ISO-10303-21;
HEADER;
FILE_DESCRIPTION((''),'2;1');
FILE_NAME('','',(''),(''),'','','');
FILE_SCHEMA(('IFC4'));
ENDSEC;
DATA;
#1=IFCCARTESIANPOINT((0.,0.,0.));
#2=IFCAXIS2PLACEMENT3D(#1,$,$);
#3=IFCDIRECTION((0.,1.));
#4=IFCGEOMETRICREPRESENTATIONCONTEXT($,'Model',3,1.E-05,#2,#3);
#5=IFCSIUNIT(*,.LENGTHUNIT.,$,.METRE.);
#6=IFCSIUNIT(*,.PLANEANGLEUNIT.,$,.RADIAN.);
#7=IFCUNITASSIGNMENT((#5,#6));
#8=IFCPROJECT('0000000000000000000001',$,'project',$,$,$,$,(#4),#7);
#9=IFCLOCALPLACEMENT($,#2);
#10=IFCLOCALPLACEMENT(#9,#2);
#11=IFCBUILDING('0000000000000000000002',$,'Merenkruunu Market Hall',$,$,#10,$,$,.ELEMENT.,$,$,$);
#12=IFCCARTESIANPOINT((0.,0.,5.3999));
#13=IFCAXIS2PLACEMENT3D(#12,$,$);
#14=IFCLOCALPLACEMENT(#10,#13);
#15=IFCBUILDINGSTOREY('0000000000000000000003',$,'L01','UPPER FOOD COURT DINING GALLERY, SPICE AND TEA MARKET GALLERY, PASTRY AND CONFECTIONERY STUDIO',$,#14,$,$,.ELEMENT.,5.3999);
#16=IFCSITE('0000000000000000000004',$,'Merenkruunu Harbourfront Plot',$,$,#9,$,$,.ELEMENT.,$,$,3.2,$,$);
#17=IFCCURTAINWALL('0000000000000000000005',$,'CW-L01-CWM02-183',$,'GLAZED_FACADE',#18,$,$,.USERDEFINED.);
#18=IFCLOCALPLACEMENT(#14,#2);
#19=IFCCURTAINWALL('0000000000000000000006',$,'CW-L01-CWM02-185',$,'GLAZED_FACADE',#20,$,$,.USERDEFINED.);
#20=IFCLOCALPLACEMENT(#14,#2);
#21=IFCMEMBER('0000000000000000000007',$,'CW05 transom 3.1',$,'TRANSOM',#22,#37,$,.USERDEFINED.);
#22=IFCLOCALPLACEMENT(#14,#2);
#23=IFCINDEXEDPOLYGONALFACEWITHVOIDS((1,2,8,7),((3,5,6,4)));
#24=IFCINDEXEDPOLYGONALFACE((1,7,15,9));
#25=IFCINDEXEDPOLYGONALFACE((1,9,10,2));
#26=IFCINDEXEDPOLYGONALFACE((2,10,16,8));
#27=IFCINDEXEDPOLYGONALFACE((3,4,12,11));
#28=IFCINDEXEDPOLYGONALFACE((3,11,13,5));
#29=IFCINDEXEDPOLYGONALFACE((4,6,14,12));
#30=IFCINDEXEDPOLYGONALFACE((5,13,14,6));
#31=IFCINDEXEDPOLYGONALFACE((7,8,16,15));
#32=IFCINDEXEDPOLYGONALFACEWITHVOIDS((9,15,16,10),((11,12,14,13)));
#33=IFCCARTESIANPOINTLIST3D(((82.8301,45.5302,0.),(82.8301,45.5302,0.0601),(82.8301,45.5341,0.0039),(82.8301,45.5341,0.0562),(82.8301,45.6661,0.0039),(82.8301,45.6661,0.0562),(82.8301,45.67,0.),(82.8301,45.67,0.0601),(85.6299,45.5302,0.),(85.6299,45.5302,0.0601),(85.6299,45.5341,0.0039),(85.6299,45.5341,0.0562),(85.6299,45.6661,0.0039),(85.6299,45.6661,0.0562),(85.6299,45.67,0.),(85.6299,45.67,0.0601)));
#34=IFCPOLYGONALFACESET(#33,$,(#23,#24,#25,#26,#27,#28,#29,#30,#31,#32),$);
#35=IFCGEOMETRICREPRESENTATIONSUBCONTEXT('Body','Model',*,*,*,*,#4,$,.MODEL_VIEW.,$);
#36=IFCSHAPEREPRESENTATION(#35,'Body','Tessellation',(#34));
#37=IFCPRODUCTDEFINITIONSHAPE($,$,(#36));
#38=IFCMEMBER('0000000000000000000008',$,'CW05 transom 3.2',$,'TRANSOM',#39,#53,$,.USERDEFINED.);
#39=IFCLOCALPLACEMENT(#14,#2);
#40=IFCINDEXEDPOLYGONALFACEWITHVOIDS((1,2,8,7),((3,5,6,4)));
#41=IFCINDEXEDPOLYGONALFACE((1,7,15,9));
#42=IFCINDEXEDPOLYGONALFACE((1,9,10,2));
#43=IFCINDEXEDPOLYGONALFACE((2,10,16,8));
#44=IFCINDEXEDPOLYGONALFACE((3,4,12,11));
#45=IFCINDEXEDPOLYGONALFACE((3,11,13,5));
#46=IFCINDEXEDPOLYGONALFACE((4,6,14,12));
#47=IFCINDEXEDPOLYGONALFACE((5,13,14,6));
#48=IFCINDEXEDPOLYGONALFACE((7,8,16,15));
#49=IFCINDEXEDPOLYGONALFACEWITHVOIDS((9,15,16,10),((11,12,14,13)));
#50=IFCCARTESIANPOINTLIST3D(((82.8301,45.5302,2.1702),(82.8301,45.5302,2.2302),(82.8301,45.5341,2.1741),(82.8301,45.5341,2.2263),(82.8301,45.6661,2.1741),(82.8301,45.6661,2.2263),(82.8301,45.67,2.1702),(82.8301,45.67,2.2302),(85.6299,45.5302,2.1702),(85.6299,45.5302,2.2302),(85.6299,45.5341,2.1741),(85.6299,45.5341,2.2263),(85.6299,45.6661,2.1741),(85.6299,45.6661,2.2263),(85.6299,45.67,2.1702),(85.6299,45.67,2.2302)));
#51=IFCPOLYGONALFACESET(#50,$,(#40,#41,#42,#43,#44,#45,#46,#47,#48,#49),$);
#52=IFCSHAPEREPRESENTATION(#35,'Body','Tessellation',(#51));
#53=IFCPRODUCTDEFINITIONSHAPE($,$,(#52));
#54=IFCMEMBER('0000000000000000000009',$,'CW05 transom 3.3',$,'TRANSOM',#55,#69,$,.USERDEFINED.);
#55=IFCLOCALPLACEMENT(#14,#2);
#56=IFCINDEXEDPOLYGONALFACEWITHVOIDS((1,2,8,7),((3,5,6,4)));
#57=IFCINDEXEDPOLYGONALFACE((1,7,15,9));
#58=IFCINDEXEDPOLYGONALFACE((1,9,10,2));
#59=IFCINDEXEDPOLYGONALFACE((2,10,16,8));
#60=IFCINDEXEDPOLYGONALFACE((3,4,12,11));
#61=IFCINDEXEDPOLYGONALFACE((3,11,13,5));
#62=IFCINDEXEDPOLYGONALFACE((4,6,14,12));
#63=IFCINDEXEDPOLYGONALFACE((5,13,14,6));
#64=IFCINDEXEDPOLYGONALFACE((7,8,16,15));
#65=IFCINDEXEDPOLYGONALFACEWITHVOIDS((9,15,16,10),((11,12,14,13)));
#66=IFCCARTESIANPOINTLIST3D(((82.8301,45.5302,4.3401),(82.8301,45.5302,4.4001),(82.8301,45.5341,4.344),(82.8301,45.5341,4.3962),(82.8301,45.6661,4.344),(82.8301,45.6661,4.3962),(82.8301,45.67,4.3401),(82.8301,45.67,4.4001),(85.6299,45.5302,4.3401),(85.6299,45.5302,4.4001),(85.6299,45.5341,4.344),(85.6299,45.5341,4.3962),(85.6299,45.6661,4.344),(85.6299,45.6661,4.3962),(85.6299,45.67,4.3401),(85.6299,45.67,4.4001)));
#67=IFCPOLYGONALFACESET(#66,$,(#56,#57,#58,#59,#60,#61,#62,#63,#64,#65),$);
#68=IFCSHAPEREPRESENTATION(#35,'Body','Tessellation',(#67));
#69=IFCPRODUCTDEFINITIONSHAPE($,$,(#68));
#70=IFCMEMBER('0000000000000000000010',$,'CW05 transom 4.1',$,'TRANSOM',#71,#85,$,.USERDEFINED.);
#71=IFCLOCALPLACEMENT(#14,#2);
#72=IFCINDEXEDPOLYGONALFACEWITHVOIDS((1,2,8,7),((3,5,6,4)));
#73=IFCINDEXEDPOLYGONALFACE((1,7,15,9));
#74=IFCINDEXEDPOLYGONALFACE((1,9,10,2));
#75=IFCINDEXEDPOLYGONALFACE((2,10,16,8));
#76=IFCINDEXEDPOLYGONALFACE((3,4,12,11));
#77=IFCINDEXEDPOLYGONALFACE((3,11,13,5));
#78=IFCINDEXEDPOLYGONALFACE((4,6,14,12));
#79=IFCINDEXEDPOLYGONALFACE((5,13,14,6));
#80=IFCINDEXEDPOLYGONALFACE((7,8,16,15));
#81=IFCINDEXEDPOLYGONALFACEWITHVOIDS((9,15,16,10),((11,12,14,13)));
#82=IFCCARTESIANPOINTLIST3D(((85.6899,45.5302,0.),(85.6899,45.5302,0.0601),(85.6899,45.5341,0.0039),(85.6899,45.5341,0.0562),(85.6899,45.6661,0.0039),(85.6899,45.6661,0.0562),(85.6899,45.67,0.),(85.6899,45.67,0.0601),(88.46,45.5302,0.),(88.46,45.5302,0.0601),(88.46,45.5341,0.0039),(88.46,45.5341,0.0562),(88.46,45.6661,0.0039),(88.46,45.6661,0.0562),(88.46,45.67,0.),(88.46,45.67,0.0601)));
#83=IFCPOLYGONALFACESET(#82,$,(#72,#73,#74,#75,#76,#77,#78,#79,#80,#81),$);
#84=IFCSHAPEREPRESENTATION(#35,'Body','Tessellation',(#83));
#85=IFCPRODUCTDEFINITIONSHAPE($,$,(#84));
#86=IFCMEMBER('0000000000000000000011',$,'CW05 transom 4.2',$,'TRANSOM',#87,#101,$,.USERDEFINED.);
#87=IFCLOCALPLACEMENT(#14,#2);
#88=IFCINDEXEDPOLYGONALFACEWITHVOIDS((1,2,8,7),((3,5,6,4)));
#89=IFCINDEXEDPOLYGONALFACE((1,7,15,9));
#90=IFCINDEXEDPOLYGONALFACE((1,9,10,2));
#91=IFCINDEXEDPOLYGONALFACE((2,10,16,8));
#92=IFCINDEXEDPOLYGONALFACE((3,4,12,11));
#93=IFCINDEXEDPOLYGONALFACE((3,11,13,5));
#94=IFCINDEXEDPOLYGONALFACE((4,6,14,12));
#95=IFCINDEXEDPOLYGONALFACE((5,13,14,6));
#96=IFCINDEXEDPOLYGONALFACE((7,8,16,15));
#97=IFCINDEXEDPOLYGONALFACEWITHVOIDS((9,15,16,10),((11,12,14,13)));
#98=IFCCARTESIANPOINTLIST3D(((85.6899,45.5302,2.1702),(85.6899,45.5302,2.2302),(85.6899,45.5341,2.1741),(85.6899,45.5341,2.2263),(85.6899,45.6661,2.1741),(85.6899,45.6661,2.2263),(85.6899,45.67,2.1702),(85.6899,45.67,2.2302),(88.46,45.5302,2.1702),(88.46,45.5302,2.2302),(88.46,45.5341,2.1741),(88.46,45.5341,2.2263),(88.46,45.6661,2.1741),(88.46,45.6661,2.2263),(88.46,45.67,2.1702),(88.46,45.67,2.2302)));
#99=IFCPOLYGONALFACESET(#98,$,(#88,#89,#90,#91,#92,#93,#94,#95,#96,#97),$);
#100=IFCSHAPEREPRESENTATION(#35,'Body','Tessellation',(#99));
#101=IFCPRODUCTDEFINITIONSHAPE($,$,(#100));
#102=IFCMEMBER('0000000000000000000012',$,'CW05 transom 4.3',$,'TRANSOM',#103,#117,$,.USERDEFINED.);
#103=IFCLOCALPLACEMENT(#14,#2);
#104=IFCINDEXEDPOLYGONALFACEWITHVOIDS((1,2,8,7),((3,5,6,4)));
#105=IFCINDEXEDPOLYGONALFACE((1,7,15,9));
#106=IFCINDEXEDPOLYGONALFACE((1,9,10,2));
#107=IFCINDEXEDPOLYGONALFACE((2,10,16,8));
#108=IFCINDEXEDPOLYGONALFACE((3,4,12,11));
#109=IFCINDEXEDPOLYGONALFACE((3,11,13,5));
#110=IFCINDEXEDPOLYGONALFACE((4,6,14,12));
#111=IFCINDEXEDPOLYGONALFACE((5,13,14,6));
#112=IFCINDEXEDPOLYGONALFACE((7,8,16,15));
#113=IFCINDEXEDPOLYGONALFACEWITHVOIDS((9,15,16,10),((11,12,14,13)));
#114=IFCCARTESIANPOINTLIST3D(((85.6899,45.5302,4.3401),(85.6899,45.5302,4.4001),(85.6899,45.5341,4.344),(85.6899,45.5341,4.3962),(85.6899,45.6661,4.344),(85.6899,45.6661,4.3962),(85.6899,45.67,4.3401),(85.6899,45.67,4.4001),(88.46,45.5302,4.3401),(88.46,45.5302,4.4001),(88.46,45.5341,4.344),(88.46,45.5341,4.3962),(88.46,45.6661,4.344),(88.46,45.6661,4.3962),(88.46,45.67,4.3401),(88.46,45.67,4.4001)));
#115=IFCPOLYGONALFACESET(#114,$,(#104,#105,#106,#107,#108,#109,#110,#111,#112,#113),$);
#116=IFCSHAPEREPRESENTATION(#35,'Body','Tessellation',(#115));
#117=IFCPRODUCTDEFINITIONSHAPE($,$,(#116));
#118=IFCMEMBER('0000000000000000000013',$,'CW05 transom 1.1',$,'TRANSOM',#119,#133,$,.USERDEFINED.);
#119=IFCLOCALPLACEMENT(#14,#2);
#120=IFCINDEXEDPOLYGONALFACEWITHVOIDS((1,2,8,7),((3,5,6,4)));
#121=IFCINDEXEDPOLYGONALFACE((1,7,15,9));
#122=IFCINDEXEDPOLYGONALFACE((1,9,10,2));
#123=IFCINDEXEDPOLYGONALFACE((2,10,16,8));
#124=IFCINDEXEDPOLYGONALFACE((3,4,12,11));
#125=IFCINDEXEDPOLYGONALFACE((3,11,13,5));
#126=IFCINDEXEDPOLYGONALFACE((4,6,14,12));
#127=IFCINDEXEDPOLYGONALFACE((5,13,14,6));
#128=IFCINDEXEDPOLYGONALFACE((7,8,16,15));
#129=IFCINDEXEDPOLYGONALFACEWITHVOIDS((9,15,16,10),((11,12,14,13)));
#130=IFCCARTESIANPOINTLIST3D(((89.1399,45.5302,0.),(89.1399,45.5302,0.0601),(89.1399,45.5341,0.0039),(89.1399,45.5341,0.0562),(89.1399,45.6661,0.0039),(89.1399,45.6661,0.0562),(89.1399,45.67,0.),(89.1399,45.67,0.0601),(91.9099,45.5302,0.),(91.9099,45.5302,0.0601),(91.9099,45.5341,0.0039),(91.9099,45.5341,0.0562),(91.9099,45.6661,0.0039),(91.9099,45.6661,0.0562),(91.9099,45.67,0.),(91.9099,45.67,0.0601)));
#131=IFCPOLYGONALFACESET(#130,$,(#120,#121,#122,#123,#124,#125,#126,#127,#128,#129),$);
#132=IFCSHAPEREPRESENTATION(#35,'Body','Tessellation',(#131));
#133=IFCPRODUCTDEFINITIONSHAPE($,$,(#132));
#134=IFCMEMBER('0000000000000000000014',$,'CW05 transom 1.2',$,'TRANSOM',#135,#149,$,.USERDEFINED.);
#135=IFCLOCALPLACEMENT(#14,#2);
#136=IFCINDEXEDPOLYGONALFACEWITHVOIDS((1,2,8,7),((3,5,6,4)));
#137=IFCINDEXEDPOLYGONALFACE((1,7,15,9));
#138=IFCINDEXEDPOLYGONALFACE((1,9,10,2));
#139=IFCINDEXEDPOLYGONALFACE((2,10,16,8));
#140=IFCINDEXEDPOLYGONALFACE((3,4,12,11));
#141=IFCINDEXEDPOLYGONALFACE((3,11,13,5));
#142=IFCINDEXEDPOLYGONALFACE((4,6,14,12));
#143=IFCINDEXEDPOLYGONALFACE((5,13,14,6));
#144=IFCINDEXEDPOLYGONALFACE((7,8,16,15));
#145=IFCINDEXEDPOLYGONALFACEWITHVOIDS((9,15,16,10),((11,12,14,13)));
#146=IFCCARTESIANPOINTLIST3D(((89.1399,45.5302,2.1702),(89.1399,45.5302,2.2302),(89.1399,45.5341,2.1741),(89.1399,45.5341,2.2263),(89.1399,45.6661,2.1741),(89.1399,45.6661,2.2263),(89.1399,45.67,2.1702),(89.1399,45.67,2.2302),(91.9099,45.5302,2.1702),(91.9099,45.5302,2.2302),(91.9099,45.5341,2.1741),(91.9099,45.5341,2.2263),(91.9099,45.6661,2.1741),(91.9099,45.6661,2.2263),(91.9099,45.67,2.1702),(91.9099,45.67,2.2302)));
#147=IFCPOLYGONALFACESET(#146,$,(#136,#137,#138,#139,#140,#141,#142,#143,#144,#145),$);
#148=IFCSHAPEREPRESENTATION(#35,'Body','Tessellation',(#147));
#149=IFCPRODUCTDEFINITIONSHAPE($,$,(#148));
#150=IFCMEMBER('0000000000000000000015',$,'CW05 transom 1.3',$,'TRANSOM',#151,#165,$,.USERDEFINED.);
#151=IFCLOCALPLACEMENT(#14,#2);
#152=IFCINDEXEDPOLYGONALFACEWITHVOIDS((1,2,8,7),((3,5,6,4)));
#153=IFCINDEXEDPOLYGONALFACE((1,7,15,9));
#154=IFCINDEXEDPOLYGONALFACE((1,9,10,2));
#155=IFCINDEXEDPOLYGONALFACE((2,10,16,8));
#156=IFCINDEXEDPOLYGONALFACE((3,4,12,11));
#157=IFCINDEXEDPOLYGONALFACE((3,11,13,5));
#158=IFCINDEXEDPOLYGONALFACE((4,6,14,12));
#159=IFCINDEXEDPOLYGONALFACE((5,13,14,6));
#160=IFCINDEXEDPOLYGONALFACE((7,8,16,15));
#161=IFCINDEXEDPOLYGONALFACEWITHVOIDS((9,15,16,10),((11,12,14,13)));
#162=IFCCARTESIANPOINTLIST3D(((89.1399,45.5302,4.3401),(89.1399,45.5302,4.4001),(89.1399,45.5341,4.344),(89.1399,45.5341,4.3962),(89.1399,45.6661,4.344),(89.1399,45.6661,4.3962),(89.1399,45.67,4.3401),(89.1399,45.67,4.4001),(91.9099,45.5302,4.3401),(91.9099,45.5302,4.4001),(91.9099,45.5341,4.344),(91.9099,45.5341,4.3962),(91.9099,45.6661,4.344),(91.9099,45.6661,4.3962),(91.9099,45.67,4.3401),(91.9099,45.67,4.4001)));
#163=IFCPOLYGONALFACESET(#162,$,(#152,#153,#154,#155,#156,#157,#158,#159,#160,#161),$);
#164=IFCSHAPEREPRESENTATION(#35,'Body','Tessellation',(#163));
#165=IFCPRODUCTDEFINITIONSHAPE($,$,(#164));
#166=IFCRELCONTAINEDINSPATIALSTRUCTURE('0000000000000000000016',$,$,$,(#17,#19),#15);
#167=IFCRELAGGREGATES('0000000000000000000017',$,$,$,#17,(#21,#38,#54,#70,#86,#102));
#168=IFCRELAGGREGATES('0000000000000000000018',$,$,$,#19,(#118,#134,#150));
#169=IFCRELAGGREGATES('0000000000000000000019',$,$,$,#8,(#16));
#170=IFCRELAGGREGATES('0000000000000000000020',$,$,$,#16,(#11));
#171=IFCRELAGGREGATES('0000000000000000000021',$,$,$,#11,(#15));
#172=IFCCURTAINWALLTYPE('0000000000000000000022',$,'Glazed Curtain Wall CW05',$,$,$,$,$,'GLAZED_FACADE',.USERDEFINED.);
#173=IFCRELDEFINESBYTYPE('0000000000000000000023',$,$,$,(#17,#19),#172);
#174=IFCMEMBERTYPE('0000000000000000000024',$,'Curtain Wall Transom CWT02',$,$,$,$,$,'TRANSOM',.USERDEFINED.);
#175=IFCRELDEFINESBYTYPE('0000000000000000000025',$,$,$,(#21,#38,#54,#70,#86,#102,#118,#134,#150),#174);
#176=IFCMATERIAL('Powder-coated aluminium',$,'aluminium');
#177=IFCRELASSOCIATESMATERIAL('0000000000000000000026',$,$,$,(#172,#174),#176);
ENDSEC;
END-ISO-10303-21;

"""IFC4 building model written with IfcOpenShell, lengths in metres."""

from ifc_helpers import new_model, si_unit, direction, frame, origin, origin_2d, place, context, subcontext, project, spatial, hollow_rectangle, extrude, material, material_profile, profile_set, type_object, element, aggregate, save


model = new_model("IFC4")

# Units and contexts
model_context = context("Model", 3, precision=1e-05, world=origin(), true_north=direction((0.0, 1.0)))
body_context = subcontext(model_context, "Body", "Model", "MODEL_VIEW")
ifc_project = project(units=[si_unit("LENGTHUNIT", "METRE"), si_unit("PLANEANGLEUNIT", "RADIAN")], contexts=[model_context])

# Site, building, storey
site_placement = place(None, origin())
site = spatial("IfcSite", under=ifc_project, at=site_placement, Name="Merenkruunu Harbourfront Plot", CompositionType="ELEMENT", RefElevation=3.2)
building_placement = place(site_placement, origin())
building = spatial("IfcBuilding", under=site, at=building_placement, Name="Merenkruunu Market Hall", CompositionType="ELEMENT")
storey_placement = place(building_placement, frame((0.0, 0.0, 5.3999)))
storey = spatial("IfcBuildingStorey", under=building, at=storey_placement, Name="L01", Description="UPPER FOOD COURT DINING GALLERY, SPICE AND TEA MARKET GALLERY, PASTRY AND CONFECTIONERY STUDIO", CompositionType="ELEMENT", Elevation=5.3999)

# Curtain wall
ifc_material_1 = material(Name="Powder-coated aluminium", Category="aluminium")
curtain_wall_type = type_object("IfcCurtainWallType", Name="Glazed Curtain Wall CW05", ElementType="GLAZED_FACADE", PredefinedType="USERDEFINED", material=ifc_material_1)
curtain_wall_1_placement = place(storey_placement, origin())
curtain_wall_1 = element("IfcCurtainWall", 1, at=curtain_wall_1_placement, inside=storey, type_object=curtain_wall_type, Name="CW-L01-CWM02-183", ObjectType="GLAZED_FACADE", PredefinedType="USERDEFINED")

# Curtain wall
curtain_wall_2_placement = place(storey_placement, origin())
curtain_wall_2 = element("IfcCurtainWall", 2, at=curtain_wall_2_placement, inside=storey, type_object=curtain_wall_type, Name="CW-L01-CWM02-185", ObjectType="GLAZED_FACADE", PredefinedType="USERDEFINED")

# Members
ifc_material_profile_1 = material_profile(ifc_material_1, hollow_rectangle(XDim=0.0601, YDim=0.1399, WallThickness=0.0039, at=origin_2d()), Name="ALU 60x140x4")
ifc_profile_set_1 = profile_set([ifc_material_profile_1], Name="Powder-coated aluminium")
member_type_1 = type_object("IfcMemberType", Name="Curtain Wall Transom CWT02", ElementType="TRANSOM", PredefinedType="USERDEFINED", material=ifc_profile_set_1)
member_1_placement = place(storey_placement, frame((82.8301, 45.6001, 0.03), z_axis=(1.0, 0.0, 0.0), x_axis=(0.0, 0.0, 1.0)))
member_1 = element("IfcMember", 3, at=member_1_placement, type_object=member_type_1, Name="CW05 transom 3.1", ObjectType="TRANSOM", PredefinedType="USERDEFINED", context=body_context, shape_type="SweptSolid", body=[
    extrude(hollow_rectangle(XDim=0.0601, YDim=0.1399, WallThickness=0.0039, at=origin_2d()), origin(), (0.0, 0.0, 1.0), 2.7998),
])
member_2_placement = place(storey_placement, frame((82.8301, 45.6001, 2.2002), z_axis=(1.0, 0.0, 0.0), x_axis=(0.0, 0.0, 1.0)))
member_2 = element("IfcMember", 4, at=member_2_placement, type_object=member_type_1, Name="CW05 transom 3.2", ObjectType="TRANSOM", PredefinedType="USERDEFINED", context=body_context, shape_type="SweptSolid", body=[
    extrude(hollow_rectangle(XDim=0.0601, YDim=0.1399, WallThickness=0.0039, at=origin_2d()), origin(), (0.0, 0.0, 1.0), 2.7998),
])
member_3_placement = place(storey_placement, frame((82.8301, 45.6001, 4.3701), z_axis=(1.0, 0.0, 0.0), x_axis=(0.0, 0.0, 1.0)))
member_3 = element("IfcMember", 5, at=member_3_placement, type_object=member_type_1, Name="CW05 transom 3.3", ObjectType="TRANSOM", PredefinedType="USERDEFINED", context=body_context, shape_type="SweptSolid", body=[
    extrude(hollow_rectangle(XDim=0.0601, YDim=0.1399, WallThickness=0.0039, at=origin_2d()), origin(), (0.0, 0.0, 1.0), 2.7998),
])
member_4_placement = place(storey_placement, frame((85.6899, 45.6001, 0.03), z_axis=(1.0, 0.0, 0.0), x_axis=(0.0, 0.0, 1.0)))
member_4 = element("IfcMember", 6, at=member_4_placement, type_object=member_type_1, Name="CW05 transom 4.1", ObjectType="TRANSOM", PredefinedType="USERDEFINED", context=body_context, shape_type="SweptSolid", body=[
    extrude(hollow_rectangle(XDim=0.0601, YDim=0.1399, WallThickness=0.0039, at=origin_2d()), origin(), (0.0, 0.0, 1.0), 2.77),
])
member_5_placement = place(storey_placement, frame((85.6899, 45.6001, 2.2002), z_axis=(1.0, 0.0, 0.0), x_axis=(0.0, 0.0, 1.0)))
member_5 = element("IfcMember", 7, at=member_5_placement, type_object=member_type_1, Name="CW05 transom 4.2", ObjectType="TRANSOM", PredefinedType="USERDEFINED", context=body_context, shape_type="SweptSolid", body=[
    extrude(hollow_rectangle(XDim=0.0601, YDim=0.1399, WallThickness=0.0039, at=origin_2d()), origin(), (0.0, 0.0, 1.0), 2.77),
])
member_6_placement = place(storey_placement, frame((85.6899, 45.6001, 4.3701), z_axis=(1.0, 0.0, 0.0), x_axis=(0.0, 0.0, 1.0)))
member_6 = element("IfcMember", 8, at=member_6_placement, type_object=member_type_1, Name="CW05 transom 4.3", ObjectType="TRANSOM", PredefinedType="USERDEFINED", context=body_context, shape_type="SweptSolid", body=[
    extrude(hollow_rectangle(XDim=0.0601, YDim=0.1399, WallThickness=0.0039, at=origin_2d()), origin(), (0.0, 0.0, 1.0), 2.77),
])
member_7_placement = place(storey_placement, frame((89.1399, 45.6001, 0.03), z_axis=(1.0, 0.0, 0.0), x_axis=(0.0, 0.0, 1.0)))
member_7 = element("IfcMember", 9, at=member_7_placement, type_object=member_type_1, Name="CW05 transom 1.1", ObjectType="TRANSOM", PredefinedType="USERDEFINED", context=body_context, shape_type="SweptSolid", body=[
    extrude(hollow_rectangle(XDim=0.0601, YDim=0.1399, WallThickness=0.0039, at=origin_2d()), origin(), (0.0, 0.0, 1.0), 2.77),
])
member_8_placement = place(storey_placement, frame((89.1399, 45.6001, 2.2002), z_axis=(1.0, 0.0, 0.0), x_axis=(0.0, 0.0, 1.0)))
member_8 = element("IfcMember", 10, at=member_8_placement, type_object=member_type_1, Name="CW05 transom 1.2", ObjectType="TRANSOM", PredefinedType="USERDEFINED", context=body_context, shape_type="SweptSolid", body=[
    extrude(hollow_rectangle(XDim=0.0601, YDim=0.1399, WallThickness=0.0039, at=origin_2d()), origin(), (0.0, 0.0, 1.0), 2.77),
])
member_9_placement = place(storey_placement, frame((89.1399, 45.6001, 4.3701), z_axis=(1.0, 0.0, 0.0), x_axis=(0.0, 0.0, 1.0)))
member_9 = element("IfcMember", 11, at=member_9_placement, type_object=member_type_1, Name="CW05 transom 1.3", ObjectType="TRANSOM", PredefinedType="USERDEFINED", context=body_context, shape_type="SweptSolid", body=[
    extrude(hollow_rectangle(XDim=0.0601, YDim=0.1399, WallThickness=0.0039, at=origin_2d()), origin(), (0.0, 0.0, 1.0), 2.77),
])

aggregate(curtain_wall_1, [member_1, member_2, member_3, member_4, member_5, member_6])
aggregate(curtain_wall_2, [member_7, member_8, member_9])

save(model, "model.ifc")
